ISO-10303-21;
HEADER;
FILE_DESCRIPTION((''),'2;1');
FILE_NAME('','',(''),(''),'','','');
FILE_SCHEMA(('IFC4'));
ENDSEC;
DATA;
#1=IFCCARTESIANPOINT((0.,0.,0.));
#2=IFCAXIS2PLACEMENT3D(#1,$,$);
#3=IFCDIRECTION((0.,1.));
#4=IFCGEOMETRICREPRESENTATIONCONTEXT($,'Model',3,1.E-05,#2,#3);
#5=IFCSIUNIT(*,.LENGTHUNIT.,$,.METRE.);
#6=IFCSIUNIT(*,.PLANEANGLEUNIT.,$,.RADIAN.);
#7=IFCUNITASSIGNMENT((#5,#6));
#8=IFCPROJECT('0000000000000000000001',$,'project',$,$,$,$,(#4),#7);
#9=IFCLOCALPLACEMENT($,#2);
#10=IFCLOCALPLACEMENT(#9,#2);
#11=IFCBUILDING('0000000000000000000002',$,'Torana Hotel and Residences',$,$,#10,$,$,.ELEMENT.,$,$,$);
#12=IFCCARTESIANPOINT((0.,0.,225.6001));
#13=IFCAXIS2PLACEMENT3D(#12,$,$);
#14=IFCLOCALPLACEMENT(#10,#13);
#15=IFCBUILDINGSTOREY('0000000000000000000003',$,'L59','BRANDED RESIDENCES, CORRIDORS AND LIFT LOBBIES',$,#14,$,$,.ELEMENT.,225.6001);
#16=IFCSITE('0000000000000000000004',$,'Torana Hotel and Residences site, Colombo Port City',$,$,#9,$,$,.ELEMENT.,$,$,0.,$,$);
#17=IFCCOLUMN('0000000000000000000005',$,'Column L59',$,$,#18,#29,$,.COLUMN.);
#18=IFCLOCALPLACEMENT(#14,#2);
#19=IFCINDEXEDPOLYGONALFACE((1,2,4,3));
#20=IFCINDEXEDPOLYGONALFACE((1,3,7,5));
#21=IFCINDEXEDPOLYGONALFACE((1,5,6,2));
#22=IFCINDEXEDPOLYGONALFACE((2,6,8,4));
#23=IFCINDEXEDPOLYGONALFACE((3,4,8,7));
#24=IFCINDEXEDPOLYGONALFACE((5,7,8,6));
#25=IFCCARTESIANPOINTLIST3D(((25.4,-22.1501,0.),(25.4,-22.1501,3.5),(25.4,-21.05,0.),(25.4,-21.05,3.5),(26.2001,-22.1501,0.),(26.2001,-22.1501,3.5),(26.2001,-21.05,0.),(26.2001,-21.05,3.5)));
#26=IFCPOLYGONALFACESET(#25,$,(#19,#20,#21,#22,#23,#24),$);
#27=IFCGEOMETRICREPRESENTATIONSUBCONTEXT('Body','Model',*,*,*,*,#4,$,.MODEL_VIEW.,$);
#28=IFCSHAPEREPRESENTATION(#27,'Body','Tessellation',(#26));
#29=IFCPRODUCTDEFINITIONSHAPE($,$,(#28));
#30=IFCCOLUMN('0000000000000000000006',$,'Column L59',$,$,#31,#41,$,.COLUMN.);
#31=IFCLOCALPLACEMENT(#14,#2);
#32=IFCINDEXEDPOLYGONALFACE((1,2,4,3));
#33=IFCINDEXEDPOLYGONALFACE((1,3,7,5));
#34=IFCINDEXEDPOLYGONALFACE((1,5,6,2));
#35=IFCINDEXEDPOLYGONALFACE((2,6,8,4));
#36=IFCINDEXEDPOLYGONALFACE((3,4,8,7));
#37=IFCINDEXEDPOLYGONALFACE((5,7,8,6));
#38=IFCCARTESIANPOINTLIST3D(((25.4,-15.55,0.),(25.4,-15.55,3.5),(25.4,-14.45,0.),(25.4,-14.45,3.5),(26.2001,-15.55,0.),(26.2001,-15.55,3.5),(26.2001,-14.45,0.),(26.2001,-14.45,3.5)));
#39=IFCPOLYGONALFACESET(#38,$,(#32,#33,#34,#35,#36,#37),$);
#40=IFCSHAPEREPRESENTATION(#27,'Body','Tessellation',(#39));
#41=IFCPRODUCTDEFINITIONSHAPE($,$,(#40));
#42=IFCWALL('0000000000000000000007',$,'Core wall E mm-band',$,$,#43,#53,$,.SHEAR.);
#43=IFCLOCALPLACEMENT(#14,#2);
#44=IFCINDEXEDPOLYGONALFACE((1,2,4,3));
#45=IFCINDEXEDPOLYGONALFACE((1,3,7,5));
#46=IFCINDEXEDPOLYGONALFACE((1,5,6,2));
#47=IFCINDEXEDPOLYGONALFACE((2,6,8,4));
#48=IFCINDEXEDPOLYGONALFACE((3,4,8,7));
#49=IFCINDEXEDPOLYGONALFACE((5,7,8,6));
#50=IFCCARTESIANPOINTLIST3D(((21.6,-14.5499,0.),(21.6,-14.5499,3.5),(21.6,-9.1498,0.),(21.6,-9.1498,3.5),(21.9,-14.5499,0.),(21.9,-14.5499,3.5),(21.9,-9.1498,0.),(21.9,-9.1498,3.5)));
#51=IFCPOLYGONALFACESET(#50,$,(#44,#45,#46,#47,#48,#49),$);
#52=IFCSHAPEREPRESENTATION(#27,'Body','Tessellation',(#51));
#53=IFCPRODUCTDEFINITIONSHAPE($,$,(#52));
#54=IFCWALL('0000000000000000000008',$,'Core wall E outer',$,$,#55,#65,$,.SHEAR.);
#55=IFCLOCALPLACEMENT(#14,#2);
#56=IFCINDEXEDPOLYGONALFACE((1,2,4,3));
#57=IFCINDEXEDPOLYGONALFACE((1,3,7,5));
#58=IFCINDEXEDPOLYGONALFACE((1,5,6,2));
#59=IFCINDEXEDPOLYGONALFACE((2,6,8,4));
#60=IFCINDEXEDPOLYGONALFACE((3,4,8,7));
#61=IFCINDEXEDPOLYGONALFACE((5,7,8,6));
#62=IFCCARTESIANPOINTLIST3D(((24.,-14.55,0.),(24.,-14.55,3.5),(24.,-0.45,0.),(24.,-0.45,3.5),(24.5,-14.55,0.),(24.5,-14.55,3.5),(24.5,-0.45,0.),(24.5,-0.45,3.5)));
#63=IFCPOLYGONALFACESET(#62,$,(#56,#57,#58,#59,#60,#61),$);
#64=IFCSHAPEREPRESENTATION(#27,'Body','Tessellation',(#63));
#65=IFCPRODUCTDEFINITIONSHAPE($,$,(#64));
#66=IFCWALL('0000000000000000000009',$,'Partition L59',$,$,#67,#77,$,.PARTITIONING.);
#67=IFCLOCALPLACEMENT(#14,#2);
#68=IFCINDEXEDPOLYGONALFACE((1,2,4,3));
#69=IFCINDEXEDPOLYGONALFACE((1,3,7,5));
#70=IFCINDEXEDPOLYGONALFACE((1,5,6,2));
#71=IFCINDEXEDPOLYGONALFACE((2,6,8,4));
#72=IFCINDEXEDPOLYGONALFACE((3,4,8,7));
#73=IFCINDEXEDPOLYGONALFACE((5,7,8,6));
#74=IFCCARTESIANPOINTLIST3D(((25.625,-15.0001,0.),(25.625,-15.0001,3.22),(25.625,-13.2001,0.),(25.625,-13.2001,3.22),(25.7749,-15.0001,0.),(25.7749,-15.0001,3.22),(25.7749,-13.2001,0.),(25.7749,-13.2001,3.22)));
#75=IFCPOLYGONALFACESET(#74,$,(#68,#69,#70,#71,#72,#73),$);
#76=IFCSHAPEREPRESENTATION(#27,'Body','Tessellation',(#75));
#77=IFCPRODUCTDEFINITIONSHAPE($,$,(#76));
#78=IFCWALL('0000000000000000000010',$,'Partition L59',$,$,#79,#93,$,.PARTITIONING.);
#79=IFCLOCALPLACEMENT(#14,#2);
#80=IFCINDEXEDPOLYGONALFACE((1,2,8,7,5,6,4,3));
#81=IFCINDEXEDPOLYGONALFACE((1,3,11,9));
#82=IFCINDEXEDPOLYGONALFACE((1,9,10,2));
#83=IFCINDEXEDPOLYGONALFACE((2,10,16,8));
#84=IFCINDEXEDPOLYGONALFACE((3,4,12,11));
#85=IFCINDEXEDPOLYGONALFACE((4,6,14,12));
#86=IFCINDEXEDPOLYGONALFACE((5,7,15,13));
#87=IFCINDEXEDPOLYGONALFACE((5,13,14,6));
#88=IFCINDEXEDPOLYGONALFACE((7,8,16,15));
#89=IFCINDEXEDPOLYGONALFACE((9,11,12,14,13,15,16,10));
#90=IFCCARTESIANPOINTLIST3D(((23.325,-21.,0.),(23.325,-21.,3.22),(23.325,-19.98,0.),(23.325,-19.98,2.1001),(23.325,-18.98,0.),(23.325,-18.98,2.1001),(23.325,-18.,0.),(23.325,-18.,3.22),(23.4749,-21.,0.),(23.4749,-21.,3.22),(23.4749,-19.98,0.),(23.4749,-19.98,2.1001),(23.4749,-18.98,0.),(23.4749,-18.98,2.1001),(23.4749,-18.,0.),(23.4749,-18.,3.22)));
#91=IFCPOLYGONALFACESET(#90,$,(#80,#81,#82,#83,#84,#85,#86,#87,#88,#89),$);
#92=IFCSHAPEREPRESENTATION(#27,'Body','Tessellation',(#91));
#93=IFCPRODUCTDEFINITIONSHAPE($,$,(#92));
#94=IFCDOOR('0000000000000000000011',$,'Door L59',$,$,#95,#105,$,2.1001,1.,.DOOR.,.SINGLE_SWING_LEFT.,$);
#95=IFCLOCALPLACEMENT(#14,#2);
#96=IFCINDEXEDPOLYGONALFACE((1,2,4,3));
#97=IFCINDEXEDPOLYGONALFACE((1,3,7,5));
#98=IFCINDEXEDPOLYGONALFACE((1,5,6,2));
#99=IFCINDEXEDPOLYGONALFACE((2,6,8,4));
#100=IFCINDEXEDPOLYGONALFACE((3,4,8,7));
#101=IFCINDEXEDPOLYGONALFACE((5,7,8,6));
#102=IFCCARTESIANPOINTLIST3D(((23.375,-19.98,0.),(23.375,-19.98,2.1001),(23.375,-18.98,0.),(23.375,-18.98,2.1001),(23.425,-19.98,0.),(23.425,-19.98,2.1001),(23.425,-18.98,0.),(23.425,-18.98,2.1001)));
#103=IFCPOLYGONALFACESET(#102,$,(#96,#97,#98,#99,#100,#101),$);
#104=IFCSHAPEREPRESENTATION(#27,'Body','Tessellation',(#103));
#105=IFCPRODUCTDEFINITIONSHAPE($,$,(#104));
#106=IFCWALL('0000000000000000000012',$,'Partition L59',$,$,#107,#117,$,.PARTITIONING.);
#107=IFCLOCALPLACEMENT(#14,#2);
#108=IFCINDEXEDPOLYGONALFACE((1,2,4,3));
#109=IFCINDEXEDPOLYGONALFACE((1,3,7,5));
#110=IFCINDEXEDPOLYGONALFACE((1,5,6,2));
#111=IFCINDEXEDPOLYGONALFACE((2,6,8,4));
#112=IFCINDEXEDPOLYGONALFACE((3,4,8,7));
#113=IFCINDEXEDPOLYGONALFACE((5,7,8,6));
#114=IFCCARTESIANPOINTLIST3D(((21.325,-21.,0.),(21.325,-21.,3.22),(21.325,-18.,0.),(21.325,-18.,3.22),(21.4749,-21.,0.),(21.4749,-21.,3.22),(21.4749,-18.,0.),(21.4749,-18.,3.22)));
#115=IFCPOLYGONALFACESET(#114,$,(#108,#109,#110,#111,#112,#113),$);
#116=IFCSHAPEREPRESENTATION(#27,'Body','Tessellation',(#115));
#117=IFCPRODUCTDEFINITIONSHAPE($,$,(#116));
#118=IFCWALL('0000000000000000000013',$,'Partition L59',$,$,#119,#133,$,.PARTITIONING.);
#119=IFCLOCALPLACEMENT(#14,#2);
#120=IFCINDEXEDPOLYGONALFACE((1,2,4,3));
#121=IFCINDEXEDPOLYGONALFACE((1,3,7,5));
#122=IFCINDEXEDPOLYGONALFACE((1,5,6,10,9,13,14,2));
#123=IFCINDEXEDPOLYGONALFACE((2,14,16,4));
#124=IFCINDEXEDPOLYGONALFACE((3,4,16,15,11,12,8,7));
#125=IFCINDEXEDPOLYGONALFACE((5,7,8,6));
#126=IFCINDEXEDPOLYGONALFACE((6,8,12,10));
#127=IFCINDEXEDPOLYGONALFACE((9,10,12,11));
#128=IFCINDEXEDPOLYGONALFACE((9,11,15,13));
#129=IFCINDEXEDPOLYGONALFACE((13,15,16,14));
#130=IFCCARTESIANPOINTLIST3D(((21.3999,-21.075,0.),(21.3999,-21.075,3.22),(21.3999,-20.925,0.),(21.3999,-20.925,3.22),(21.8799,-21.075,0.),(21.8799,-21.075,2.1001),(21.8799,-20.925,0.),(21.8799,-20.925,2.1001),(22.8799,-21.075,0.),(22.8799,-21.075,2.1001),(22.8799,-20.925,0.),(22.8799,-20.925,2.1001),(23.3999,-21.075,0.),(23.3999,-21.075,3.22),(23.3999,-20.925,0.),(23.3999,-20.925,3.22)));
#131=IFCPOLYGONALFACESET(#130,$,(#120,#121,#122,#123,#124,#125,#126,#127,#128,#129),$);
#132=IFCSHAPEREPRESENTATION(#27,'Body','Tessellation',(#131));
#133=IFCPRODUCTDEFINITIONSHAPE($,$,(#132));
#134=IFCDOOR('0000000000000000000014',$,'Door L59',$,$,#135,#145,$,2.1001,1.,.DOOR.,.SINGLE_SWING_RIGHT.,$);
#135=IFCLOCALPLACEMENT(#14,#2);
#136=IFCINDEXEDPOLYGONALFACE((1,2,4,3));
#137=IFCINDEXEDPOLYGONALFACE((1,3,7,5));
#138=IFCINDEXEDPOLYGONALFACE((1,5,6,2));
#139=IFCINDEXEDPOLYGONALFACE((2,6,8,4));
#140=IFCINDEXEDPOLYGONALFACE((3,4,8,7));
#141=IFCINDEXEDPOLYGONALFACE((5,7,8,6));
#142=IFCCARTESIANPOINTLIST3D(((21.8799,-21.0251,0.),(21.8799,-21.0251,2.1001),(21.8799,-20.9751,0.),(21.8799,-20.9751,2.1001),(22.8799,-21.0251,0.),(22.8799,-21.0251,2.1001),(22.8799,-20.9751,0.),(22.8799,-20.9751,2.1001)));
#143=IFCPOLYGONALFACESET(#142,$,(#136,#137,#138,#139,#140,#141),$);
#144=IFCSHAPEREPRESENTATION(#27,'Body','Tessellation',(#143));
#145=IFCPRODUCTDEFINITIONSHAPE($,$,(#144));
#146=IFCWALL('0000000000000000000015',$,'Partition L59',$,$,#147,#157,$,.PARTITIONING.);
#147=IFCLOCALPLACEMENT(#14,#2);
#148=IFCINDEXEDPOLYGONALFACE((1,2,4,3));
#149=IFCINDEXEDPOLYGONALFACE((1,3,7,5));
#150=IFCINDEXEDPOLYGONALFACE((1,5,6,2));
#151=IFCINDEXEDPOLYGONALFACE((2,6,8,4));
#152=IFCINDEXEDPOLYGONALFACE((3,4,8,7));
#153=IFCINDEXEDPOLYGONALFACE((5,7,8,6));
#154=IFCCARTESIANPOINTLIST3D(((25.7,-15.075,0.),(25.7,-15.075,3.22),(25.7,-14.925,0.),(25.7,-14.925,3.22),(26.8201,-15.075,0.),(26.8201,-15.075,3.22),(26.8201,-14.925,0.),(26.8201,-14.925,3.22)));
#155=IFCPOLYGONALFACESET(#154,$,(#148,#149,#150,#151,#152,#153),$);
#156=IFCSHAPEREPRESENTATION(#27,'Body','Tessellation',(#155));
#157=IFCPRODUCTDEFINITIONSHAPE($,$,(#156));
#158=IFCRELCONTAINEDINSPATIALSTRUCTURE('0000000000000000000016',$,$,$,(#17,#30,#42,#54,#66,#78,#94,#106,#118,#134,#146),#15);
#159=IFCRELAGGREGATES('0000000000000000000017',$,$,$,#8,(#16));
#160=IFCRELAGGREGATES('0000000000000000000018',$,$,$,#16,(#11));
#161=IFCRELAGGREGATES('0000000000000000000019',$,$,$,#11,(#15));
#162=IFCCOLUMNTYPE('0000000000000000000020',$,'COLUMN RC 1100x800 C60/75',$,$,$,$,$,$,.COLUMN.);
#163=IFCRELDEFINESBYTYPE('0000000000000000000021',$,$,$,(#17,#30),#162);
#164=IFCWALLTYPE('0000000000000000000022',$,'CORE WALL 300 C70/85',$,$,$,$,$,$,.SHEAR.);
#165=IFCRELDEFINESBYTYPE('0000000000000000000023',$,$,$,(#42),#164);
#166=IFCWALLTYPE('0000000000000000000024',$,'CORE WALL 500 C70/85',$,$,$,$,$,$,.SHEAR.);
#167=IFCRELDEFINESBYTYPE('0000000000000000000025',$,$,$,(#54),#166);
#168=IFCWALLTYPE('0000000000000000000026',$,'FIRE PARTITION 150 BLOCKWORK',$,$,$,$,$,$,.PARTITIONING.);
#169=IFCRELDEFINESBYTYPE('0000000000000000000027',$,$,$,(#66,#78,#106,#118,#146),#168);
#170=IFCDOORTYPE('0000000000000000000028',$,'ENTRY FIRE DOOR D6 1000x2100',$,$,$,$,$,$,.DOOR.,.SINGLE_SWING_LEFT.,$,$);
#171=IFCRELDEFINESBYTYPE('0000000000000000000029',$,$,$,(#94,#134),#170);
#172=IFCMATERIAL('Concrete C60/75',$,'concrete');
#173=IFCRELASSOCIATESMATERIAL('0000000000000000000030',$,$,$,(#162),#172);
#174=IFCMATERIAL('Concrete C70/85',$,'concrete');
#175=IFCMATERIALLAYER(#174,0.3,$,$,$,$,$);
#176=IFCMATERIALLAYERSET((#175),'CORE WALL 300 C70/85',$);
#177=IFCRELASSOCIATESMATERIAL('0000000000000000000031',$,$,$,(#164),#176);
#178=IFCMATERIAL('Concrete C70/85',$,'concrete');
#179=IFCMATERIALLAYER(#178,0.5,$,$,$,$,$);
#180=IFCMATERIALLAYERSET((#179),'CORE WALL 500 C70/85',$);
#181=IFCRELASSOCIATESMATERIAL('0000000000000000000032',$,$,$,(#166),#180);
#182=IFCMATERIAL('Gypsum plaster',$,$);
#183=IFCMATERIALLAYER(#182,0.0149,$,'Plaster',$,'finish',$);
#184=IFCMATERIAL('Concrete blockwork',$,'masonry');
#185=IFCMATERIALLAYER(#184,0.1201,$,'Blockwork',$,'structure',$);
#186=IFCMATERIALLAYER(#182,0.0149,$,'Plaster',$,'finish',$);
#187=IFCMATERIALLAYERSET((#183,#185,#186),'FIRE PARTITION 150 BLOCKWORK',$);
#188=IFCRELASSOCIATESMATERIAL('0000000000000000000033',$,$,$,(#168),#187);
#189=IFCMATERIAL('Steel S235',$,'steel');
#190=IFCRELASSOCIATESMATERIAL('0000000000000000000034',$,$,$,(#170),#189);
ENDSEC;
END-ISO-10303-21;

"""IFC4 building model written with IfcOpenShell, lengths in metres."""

from ifc_helpers import new_model, si_unit, direction, frame, frame_2d, origin, origin_2d, place, context, subcontext, project, spatial, rectangle, extrude, material, layer, layer_set, material_profile, profile_set, type_object, element, fill, save


model = new_model("IFC4")

# Units and contexts
model_context = context("Model", 3, precision=1e-05, world=origin(), true_north=direction((0.0, 1.0)))
body_context = subcontext(model_context, "Body", "Model", "MODEL_VIEW")
ifc_project = project(units=[si_unit("LENGTHUNIT", "METRE"), si_unit("PLANEANGLEUNIT", "RADIAN")], contexts=[model_context])

# Site, building, storey
site_placement = place(None, origin())
site = spatial("IfcSite", under=ifc_project, at=site_placement, Name="Torana Hotel and Residences site, Colombo Port City", CompositionType="ELEMENT", RefElevation=0.0)
building_placement = place(site_placement, origin())
building = spatial("IfcBuilding", under=site, at=building_placement, Name="Torana Hotel and Residences", CompositionType="ELEMENT")
storey_placement = place(building_placement, frame((0.0, 0.0, 225.6001)))
storey = spatial("IfcBuildingStorey", under=building, at=storey_placement, Name="L59", Description="BRANDED RESIDENCES, CORRIDORS AND LIFT LOBBIES", CompositionType="ELEMENT", Elevation=225.6001)

# Columns
ifc_material_1 = material(Name="Concrete C60/75", Category="concrete")
ifc_material_profile = material_profile(ifc_material_1, rectangle(XDim=1.1001, YDim=0.8, at=origin_2d()), Name="RC 1100x800")
ifc_profile_set = profile_set([ifc_material_profile], Name="Concrete C60/75")
column_type = type_object("IfcColumnType", Name="COLUMN RC 1100x800 C60/75", PredefinedType="COLUMN", material=ifc_profile_set)
for number, where, z_axis, x_axis, name in (
    (1, (25.8, -21.6001, 0.0), (0.0, 0.0, 1.0), (0.0, 1.0, 0.0), "Column L59"),
    (2, (25.8, -15.0, 0.0), (0.0, 0.0, 1.0), (0.0, 1.0, 0.0), "Column L59"),
):
    element("IfcColumn", number, at=place(storey_placement, frame(where, z_axis=z_axis, x_axis=x_axis)), inside=storey, type_object=column_type, Name=name, PredefinedType="COLUMN", context=body_context, shape_type="SweptSolid", body=[
        extrude(rectangle(XDim=1.1001, YDim=0.8, at=origin_2d()), origin(), (0.0, 0.0, 1.0), 3.5),
    ])

# Walls
ifc_material_2 = material(Name="Concrete C70/85", Category="concrete")
ifc_layer_1 = layer(ifc_material_2, 0.3)
ifc_layer_set_1 = layer_set([ifc_layer_1], Name="CORE WALL 300 C70/85")
wall_type_1 = type_object("IfcWallType", Name="CORE WALL 300 C70/85", PredefinedType="SHEAR", material=ifc_layer_set_1)
wall_1_placement = place(storey_placement, frame((21.75, -14.55, 0.0), z_axis=(0.0, 0.0, 1.0), x_axis=(0.0, 1.0, 0.0)))
element("IfcWall", 3, at=wall_1_placement, inside=storey, type_object=wall_type_1, Name="Core wall E mm-band", PredefinedType="SHEAR", context=body_context, shape_type="SweptSolid", body=[
    extrude(rectangle(XDim=5.4001, YDim=0.3, at=frame_2d((2.7002, 0.0))), origin(), (0.0, 0.0, 1.0), 3.5),
])
ifc_material_3 = material(Name="Concrete C70/85", Category="concrete")
ifc_layer_2 = layer(ifc_material_3, 0.5)
ifc_layer_set_2 = layer_set([ifc_layer_2], Name="CORE WALL 500 C70/85")
wall_type_2 = type_object("IfcWallType", Name="CORE WALL 500 C70/85", PredefinedType="SHEAR", material=ifc_layer_set_2)
wall_2_placement = place(storey_placement, frame((24.25, -14.55, 0.0), z_axis=(0.0, 0.0, 1.0), x_axis=(0.0, 1.0, 0.0)))
element("IfcWall", 4, at=wall_2_placement, inside=storey, type_object=wall_type_2, Name="Core wall E outer", PredefinedType="SHEAR", context=body_context, shape_type="SweptSolid", body=[
    extrude(rectangle(XDim=14.1001, YDim=0.5, at=frame_2d((7.05, 0.0))), origin(), (0.0, 0.0, 1.0), 3.5),
])
ifc_material_4 = material(Name="Gypsum plaster")
ifc_layer_3 = layer(ifc_material_4, 0.0149, Name="Plaster", Category="finish")
ifc_material_5 = material(Name="Concrete blockwork", Category="masonry")
ifc_layer_4 = layer(ifc_material_5, 0.1201, Name="Blockwork", Category="structure")
ifc_layer_5 = layer(ifc_material_4, 0.0149, Name="Plaster", Category="finish")
ifc_layer_set_3 = layer_set([ifc_layer_3, ifc_layer_4, ifc_layer_5], Name="FIRE PARTITION 150 BLOCKWORK")
wall_type_3 = type_object("IfcWallType", Name="FIRE PARTITION 150 BLOCKWORK", PredefinedType="PARTITIONING", material=ifc_layer_set_3)
wall_3_placement = place(storey_placement, frame((25.7, -15.0, 0.0), z_axis=(0.0, 0.0, 1.0), x_axis=(0.0, 1.0, 0.0)))
element("IfcWall", 5, at=wall_3_placement, inside=storey, type_object=wall_type_3, Name="Partition L59", PredefinedType="PARTITIONING", context=body_context, shape_type="SweptSolid", body=[
    extrude(rectangle(XDim=1.8, YDim=0.1499, at=frame_2d((0.8999, 0.0))), origin(), (0.0, 0.0, 1.0), 3.22),
])

# Wall, opening, door
wall_4_placement = place(storey_placement, frame((23.3999, -21.0, 0.0), z_axis=(0.0, 0.0, 1.0), x_axis=(0.0, 1.0, 0.0)))
wall_4 = element("IfcWall", 6, at=wall_4_placement, inside=storey, type_object=wall_type_3, Name="Partition L59", PredefinedType="PARTITIONING", context=body_context, shape_type="SweptSolid", body=[
    extrude(rectangle(XDim=3.0, YDim=0.1499, at=frame_2d((1.5, 0.0))), origin(), (0.0, 0.0, 1.0), 3.22),
])
opening_1_placement = place(wall_4_placement, frame((1.02, 0.0, 0.0)))
opening_1 = element("IfcOpeningElement", 7, at=opening_1_placement, cuts=wall_4, PredefinedType="OPENING", context=body_context, shape_type="SweptSolid", body=[
    extrude(rectangle(XDim=1.0, YDim=2.1001, at=frame_2d((0.5, 1.05))), frame((0.0, 0.085, 0.0), z_axis=(0.0, -1.0, 0.0), x_axis=(1.0, 0.0, 0.0)), (0.0, 0.0, 1.0), 0.1699),
])
ifc_material_6 = material(Name="Steel S235", Category="steel")
door_type_1 = type_object("IfcDoorType", Name="ENTRY FIRE DOOR D6 1000x2100", OperationType="SINGLE_SWING_LEFT", PredefinedType="DOOR", material=ifc_material_6)
door_1_placement = place(opening_1_placement, frame((0.5, 0.0, 0.0), z_axis=(0.0, 0.0, 1.0), x_axis=(-1.0, 0.0, 0.0)))
door_1 = element("IfcDoor", 8, at=door_1_placement, inside=storey, type_object=door_type_1, Name="Door L59", OperationType="SINGLE_SWING_LEFT", OverallHeight=2.1001, OverallWidth=1.0, PredefinedType="DOOR", context=body_context, shape_type="SweptSolid", body=[
    extrude(rectangle(XDim=1.0, YDim=2.1001, at=frame_2d((0.0, 1.05))), frame((0.0, -0.0249, 0.0), z_axis=(0.0, 1.0, 0.0), x_axis=(-1.0, 0.0, 0.0)), (0.0, 0.0, 1.0), 0.05),
])
fill(opening_1, door_1)

# Wall
wall_5_placement = place(storey_placement, frame((21.3999, -21.0, 0.0), z_axis=(0.0, 0.0, 1.0), x_axis=(0.0, 1.0, 0.0)))
element("IfcWall", 9, at=wall_5_placement, inside=storey, type_object=wall_type_3, Name="Partition L59", PredefinedType="PARTITIONING", context=body_context, shape_type="SweptSolid", body=[
    extrude(rectangle(XDim=3.0, YDim=0.1499, at=frame_2d((1.5, 0.0))), origin(), (0.0, 0.0, 1.0), 3.22),
])

# Wall, opening, door
wall_6_placement = place(storey_placement, frame((21.3999, -21.0, 0.0), z_axis=(0.0, 0.0, 1.0), x_axis=(1.0, 0.0, 0.0)))
wall_6 = element("IfcWall", 10, at=wall_6_placement, inside=storey, type_object=wall_type_3, Name="Partition L59", PredefinedType="PARTITIONING", context=body_context, shape_type="SweptSolid", body=[
    extrude(rectangle(XDim=2.0, YDim=0.1499, at=frame_2d((1.0, 0.0))), origin(), (0.0, 0.0, 1.0), 3.22),
])
opening_2_placement = place(wall_6_placement, frame((0.48, 0.0, 0.0)))
opening_2 = element("IfcOpeningElement", 11, at=opening_2_placement, cuts=wall_6, PredefinedType="OPENING", context=body_context, shape_type="SweptSolid", body=[
    extrude(rectangle(XDim=1.0, YDim=2.1001, at=frame_2d((0.5, 1.05))), frame((0.0, 0.085, 0.0), z_axis=(0.0, -1.0, 0.0), x_axis=(1.0, 0.0, 0.0)), (0.0, 0.0, 1.0), 0.1699),
])
door_2_placement = place(opening_2_placement, frame((0.5, 0.0, 0.0), z_axis=(0.0, 0.0, 1.0), x_axis=(-1.0, 0.0, 0.0)))
door_2 = element("IfcDoor", 12, at=door_2_placement, inside=storey, type_object=door_type_1, Name="Door L59", OperationType="SINGLE_SWING_RIGHT", OverallHeight=2.1001, OverallWidth=1.0, PredefinedType="DOOR", context=body_context, shape_type="SweptSolid", body=[
    extrude(rectangle(XDim=1.0, YDim=2.1001, at=frame_2d((0.0, 1.05))), frame((0.0, -0.0249, 0.0), z_axis=(0.0, 1.0, 0.0), x_axis=(-1.0, 0.0, 0.0)), (0.0, 0.0, 1.0), 0.05),
])
fill(opening_2, door_2)

# Wall
wall_7_placement = place(storey_placement, frame((25.7, -15.0, 0.0), z_axis=(0.0, 0.0, 1.0), x_axis=(1.0, 0.0, 0.0)))
element("IfcWall", 13, at=wall_7_placement, inside=storey, type_object=wall_type_3, Name="Partition L59", PredefinedType="PARTITIONING", context=body_context, shape_type="SweptSolid", body=[
    extrude(rectangle(XDim=1.1201, YDim=0.1499, at=frame_2d((0.5601, 0.0))), origin(), (0.0, 0.0, 1.0), 3.22),
])

save(model, "model.ifc")
